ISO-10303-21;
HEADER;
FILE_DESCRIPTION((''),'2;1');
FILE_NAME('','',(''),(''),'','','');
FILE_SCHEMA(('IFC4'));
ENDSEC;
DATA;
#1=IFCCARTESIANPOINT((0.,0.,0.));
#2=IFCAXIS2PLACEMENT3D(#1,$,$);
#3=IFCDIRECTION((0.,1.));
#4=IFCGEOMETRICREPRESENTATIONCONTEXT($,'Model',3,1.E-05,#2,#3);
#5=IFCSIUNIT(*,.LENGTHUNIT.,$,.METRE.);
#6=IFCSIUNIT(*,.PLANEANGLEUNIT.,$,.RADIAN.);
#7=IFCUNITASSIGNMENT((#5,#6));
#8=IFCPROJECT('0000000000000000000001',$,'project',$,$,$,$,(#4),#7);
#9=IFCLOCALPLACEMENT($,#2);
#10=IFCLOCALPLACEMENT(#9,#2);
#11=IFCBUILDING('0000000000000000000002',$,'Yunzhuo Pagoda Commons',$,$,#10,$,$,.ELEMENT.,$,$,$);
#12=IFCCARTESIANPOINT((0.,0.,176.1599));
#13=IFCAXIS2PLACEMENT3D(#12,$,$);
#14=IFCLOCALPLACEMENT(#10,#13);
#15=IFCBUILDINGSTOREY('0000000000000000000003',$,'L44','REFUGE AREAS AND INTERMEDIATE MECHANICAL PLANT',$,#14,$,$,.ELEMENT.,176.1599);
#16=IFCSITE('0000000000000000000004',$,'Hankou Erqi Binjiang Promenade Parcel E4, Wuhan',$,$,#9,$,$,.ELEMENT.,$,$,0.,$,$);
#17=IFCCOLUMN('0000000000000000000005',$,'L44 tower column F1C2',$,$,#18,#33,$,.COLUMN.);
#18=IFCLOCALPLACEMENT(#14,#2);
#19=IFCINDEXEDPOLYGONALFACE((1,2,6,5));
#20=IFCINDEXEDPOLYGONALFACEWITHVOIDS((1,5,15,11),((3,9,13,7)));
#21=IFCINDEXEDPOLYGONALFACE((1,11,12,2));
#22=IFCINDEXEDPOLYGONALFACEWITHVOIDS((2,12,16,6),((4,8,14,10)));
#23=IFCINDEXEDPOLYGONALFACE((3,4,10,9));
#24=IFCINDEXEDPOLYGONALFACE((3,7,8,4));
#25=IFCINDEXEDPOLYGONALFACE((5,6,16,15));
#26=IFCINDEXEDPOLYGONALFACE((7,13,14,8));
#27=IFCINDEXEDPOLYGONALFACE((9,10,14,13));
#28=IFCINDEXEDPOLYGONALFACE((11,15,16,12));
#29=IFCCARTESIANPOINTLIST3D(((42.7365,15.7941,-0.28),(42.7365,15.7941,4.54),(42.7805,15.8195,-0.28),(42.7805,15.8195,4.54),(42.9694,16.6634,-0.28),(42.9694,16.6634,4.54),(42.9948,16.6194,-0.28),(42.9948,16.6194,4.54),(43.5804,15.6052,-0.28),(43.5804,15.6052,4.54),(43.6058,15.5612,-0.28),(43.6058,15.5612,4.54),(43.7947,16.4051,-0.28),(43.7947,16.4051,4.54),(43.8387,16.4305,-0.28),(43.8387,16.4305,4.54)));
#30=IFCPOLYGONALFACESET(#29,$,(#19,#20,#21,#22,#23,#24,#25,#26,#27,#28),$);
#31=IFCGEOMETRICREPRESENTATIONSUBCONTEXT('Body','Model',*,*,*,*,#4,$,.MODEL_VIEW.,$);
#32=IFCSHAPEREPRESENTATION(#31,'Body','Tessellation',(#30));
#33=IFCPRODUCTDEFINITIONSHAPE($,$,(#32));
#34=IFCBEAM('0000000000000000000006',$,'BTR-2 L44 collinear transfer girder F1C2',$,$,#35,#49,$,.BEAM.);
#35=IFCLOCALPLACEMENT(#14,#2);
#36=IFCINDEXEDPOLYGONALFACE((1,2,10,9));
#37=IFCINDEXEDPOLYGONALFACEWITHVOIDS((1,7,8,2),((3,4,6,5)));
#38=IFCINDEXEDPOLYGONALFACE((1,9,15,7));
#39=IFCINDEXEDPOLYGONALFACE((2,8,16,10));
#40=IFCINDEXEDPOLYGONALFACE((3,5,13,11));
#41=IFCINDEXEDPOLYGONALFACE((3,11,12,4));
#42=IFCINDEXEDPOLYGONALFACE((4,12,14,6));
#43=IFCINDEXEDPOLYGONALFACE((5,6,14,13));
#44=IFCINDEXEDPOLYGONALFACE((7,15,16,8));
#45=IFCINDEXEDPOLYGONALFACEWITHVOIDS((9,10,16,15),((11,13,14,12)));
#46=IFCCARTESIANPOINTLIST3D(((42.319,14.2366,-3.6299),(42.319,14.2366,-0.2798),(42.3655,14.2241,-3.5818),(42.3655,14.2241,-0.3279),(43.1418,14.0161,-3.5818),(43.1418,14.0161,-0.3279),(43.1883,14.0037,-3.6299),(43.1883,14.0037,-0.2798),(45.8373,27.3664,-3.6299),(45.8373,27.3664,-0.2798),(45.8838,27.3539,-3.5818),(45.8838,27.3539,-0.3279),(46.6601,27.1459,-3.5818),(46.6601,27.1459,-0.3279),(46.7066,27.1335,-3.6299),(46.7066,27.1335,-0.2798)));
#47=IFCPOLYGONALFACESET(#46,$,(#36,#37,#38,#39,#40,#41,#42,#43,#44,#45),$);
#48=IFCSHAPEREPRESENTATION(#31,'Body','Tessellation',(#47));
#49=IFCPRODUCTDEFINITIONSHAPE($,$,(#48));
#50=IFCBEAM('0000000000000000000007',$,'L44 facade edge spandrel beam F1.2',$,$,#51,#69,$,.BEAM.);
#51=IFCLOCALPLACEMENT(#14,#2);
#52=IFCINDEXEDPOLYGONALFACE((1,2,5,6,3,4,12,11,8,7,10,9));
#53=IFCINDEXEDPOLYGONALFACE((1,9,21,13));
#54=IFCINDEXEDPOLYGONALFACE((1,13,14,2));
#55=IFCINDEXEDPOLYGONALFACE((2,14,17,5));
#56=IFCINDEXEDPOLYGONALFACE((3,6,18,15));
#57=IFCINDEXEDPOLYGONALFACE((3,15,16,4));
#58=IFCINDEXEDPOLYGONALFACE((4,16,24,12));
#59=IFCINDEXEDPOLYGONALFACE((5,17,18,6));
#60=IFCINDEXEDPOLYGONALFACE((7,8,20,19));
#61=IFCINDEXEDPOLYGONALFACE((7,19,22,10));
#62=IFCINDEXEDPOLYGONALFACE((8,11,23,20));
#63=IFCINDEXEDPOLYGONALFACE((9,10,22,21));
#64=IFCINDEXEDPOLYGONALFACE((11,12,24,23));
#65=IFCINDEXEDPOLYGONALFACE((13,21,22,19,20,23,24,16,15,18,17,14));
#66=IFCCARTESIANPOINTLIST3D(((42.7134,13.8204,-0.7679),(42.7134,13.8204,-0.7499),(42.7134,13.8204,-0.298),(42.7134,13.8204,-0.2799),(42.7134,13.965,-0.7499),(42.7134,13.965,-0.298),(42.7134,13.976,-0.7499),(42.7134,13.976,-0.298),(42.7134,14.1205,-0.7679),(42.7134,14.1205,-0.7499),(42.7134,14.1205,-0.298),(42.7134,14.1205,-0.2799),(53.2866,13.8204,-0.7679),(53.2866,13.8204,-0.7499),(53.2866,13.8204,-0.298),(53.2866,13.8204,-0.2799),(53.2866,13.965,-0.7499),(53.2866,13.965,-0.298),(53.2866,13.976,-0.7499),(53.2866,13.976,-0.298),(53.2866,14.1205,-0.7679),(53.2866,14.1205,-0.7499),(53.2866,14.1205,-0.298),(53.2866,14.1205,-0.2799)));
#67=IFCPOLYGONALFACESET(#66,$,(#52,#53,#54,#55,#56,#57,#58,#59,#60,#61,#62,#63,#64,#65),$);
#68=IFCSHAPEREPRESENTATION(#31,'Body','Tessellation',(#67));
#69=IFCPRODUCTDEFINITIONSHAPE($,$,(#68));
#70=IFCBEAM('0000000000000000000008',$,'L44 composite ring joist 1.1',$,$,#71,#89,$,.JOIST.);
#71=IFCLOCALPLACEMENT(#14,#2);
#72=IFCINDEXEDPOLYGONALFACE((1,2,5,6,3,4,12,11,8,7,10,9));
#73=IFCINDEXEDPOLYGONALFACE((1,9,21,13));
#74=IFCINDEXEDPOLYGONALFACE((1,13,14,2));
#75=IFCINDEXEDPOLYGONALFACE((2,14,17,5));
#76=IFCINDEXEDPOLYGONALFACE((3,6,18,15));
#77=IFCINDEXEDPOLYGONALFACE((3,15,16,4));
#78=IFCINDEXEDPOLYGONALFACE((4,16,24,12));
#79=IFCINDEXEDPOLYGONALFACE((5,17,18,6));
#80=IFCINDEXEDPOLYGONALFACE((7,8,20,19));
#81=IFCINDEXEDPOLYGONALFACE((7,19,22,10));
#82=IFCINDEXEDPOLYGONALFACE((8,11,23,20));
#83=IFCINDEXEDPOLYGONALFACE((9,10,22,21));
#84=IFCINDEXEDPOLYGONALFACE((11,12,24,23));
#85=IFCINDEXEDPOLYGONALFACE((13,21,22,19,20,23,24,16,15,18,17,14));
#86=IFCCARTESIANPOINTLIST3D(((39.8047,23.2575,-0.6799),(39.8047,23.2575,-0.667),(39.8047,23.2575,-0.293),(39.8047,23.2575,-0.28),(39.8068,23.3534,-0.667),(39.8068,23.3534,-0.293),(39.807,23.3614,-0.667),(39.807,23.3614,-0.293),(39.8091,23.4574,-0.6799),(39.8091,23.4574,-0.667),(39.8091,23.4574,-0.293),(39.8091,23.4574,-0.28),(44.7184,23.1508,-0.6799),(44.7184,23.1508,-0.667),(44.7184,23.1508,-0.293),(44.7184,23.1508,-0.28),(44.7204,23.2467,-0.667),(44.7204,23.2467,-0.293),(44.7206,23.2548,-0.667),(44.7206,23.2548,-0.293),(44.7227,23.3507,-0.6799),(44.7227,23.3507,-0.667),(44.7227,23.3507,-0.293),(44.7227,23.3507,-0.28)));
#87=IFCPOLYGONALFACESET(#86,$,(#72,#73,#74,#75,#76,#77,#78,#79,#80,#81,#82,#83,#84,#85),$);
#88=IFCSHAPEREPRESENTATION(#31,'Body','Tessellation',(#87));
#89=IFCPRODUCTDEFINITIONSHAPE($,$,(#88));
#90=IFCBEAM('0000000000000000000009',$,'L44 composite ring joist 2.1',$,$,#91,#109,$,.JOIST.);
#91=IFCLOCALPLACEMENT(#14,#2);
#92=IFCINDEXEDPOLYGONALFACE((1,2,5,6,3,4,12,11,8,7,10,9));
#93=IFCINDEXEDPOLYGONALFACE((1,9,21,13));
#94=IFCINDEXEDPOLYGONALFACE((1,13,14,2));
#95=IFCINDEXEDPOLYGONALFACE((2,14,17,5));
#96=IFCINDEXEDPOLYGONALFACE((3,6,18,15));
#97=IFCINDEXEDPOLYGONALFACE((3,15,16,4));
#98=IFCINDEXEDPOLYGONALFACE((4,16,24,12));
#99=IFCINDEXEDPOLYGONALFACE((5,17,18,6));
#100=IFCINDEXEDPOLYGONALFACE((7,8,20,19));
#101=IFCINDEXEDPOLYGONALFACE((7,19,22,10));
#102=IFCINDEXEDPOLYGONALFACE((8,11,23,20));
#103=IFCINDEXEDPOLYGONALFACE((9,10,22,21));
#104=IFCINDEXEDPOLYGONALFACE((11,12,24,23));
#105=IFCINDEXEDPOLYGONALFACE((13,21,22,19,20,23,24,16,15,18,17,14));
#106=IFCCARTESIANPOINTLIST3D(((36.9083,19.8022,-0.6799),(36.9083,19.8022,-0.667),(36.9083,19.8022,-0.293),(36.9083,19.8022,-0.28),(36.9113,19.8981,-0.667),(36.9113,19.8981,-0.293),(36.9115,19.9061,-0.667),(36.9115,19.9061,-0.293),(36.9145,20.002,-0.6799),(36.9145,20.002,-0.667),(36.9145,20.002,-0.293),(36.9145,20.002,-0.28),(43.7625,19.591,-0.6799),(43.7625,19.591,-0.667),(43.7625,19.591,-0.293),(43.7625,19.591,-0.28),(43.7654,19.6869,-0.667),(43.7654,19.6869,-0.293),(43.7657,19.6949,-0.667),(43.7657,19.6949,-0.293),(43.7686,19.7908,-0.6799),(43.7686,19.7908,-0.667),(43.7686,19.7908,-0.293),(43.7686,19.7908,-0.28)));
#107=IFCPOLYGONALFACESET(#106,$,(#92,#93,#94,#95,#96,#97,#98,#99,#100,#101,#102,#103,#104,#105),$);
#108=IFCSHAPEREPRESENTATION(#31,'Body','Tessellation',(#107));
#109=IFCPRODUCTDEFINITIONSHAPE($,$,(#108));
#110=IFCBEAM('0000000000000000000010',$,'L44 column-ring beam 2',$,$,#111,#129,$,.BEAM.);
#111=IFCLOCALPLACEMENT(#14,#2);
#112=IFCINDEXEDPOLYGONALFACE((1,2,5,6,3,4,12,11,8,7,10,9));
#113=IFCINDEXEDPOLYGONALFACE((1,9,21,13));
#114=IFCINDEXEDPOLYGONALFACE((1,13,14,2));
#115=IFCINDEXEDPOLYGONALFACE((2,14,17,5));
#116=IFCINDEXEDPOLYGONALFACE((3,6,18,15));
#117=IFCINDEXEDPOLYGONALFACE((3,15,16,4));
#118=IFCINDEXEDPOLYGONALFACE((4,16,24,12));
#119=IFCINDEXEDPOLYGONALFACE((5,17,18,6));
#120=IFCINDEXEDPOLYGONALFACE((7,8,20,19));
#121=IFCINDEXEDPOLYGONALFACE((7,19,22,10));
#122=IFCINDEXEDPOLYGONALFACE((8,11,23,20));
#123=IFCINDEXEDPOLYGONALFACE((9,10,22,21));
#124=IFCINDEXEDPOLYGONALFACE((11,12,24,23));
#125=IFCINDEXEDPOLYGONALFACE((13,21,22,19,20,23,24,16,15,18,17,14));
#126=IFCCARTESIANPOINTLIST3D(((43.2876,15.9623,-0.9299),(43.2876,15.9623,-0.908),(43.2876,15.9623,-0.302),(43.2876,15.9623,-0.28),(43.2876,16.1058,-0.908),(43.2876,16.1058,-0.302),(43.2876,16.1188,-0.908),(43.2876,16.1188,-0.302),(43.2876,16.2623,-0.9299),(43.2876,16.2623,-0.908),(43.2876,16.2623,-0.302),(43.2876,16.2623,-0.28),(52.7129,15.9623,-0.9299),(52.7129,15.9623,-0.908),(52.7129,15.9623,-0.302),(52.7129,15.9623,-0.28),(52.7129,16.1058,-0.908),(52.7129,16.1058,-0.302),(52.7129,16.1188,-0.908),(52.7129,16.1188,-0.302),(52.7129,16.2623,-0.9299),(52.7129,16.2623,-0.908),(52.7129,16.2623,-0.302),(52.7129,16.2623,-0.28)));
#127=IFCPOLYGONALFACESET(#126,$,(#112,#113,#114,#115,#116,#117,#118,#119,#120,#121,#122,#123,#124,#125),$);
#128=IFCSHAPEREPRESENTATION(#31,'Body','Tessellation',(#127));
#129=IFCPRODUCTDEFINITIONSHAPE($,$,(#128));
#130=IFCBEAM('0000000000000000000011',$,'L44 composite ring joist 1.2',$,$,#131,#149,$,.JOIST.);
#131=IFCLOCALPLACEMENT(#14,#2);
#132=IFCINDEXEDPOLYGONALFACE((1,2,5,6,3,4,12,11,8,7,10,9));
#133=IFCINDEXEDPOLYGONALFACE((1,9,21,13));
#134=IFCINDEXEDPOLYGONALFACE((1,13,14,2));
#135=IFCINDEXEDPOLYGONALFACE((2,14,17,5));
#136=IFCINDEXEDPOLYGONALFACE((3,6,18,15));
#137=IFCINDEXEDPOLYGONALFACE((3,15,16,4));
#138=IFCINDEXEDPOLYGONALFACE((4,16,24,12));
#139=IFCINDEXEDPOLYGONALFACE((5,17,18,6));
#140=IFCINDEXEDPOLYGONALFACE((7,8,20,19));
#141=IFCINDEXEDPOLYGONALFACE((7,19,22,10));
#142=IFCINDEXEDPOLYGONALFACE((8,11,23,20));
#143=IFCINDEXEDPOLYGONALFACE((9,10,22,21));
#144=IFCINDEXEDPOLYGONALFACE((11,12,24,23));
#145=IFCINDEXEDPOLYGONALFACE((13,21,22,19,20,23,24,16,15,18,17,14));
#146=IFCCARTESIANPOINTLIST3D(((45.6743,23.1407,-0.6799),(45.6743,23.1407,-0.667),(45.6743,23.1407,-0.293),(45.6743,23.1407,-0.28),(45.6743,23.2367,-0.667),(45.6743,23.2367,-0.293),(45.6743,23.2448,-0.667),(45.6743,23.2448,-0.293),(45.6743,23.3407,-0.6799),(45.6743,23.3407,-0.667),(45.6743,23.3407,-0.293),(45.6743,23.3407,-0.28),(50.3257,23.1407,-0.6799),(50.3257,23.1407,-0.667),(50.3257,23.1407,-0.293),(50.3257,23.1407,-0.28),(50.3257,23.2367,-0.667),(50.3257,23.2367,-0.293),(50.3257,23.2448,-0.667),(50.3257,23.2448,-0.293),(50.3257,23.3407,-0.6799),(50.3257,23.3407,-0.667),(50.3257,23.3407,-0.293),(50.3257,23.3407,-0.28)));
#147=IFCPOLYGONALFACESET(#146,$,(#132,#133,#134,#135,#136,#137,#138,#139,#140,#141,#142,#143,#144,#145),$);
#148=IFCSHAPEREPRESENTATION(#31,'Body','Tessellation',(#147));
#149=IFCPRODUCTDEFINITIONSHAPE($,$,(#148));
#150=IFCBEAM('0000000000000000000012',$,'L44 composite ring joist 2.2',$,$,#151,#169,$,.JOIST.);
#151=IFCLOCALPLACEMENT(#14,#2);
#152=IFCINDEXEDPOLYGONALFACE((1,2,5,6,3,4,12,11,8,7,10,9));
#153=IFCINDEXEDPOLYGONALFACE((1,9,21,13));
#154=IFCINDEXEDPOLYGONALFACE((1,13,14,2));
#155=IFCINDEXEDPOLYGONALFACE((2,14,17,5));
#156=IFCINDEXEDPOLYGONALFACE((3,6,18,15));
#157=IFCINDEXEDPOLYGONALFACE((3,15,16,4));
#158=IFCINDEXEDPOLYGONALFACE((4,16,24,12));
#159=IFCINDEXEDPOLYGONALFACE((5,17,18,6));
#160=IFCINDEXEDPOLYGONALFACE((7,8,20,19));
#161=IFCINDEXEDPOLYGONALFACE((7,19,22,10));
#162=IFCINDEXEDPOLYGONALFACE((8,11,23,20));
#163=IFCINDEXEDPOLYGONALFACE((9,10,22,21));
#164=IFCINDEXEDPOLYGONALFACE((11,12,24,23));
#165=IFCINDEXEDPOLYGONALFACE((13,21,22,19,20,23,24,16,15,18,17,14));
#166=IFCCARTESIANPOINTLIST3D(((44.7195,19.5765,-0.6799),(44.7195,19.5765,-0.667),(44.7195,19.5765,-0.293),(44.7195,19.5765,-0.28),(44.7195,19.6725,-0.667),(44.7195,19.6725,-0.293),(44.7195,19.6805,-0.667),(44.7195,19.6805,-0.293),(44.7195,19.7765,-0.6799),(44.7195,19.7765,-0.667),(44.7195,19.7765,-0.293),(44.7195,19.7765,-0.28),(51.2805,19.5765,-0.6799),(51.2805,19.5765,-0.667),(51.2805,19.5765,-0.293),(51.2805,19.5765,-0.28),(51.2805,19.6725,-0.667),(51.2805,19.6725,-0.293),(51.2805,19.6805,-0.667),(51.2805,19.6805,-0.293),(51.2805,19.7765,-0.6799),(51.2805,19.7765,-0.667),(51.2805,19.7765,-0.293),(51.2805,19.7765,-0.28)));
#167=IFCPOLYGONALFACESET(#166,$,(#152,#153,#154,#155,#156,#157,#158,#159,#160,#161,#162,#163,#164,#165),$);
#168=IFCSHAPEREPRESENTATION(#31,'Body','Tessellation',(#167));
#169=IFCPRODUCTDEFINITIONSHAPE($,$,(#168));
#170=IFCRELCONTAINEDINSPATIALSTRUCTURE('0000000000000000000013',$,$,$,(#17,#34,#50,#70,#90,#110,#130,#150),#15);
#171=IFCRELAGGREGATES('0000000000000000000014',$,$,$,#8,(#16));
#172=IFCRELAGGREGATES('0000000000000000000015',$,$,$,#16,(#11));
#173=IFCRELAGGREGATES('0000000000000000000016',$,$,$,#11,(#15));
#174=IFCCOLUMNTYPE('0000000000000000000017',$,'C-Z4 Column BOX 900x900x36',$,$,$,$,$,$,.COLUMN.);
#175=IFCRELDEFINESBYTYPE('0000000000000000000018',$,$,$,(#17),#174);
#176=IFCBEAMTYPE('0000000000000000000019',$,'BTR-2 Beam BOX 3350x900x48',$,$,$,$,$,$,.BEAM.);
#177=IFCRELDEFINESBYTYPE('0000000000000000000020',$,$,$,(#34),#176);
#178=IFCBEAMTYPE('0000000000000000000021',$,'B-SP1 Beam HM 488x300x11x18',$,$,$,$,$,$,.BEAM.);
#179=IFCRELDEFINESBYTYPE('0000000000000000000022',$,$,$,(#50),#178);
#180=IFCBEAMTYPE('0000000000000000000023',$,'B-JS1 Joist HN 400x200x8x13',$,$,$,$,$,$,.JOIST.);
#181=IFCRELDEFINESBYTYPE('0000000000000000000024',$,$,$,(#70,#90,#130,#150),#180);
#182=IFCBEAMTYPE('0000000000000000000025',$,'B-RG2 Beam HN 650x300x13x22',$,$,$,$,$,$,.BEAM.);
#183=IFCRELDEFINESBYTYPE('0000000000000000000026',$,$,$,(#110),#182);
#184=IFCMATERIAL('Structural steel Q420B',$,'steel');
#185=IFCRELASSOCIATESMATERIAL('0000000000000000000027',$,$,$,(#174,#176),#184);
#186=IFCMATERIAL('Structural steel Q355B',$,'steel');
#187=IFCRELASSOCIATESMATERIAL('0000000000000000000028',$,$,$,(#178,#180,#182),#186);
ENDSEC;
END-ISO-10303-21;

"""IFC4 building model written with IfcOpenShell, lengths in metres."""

from ifc_helpers import new_model, si_unit, direction, frame, origin, origin_2d, place, context, subcontext, project, spatial, hollow_rectangle, i_section, extrude, source, transform, mapped, material, material_profile, profile_set, type_object, element, save


model = new_model("IFC4")

# Units and contexts
model_context = context("Model", 3, precision=1e-05, world=origin(), true_north=direction((0.0, 1.0)))
body_context = subcontext(model_context, "Body", "Model", "MODEL_VIEW")
ifc_project = project(units=[si_unit("LENGTHUNIT", "METRE"), si_unit("PLANEANGLEUNIT", "RADIAN")], contexts=[model_context])

# Site, building, storey
site_placement = place(None, origin())
site = spatial("IfcSite", under=ifc_project, at=site_placement, Name="Hankou Erqi Binjiang Promenade Parcel E4, Wuhan", CompositionType="ELEMENT", RefElevation=0.0)
building_placement = place(site_placement, origin())
building = spatial("IfcBuilding", under=site, at=building_placement, Name="Yunzhuo Pagoda Commons", CompositionType="ELEMENT")
storey_placement = place(building_placement, frame((0.0, 0.0, 176.1599)))
storey = spatial("IfcBuildingStorey", under=building, at=storey_placement, Name="L44", Description="REFUGE AREAS AND INTERMEDIATE MECHANICAL PLANT", CompositionType="ELEMENT", Elevation=176.1599)

# Column
ifc_material_1 = material(Name="Structural steel Q420B", Category="steel")
ifc_material_profile_1 = material_profile(ifc_material_1, hollow_rectangle(XDim=0.8999, YDim=0.8999, WallThickness=0.0359, at=origin_2d()), Name="Structural steel Q420B")
ifc_profile_set_1 = profile_set([ifc_material_profile_1], Name="Structural steel Q420B")
column_type = type_object("IfcColumnType", Name="C-Z4 Column BOX 900x900x36", PredefinedType="COLUMN", material=ifc_profile_set_1)
shared_shape_1 = source(origin(), body_context, "Body", "SweptSolid", [
    extrude(hollow_rectangle(XDim=0.8999, YDim=0.8999, WallThickness=0.0359, at=origin_2d()), origin(), (0.0, 0.0, 1.0), 4.8201),
])
column_placement = place(storey_placement, frame((43.2876, 16.1123, -0.28), z_axis=(0.0, 0.0, 1.0), x_axis=(0.965926, -0.258819, 0.0)))
element("IfcColumn", 1, at=column_placement, inside=storey, type_object=column_type, Name="L44 tower column F1C2", PredefinedType="COLUMN", context=body_context, shape_type="MappedRepresentation", body=[
    mapped(shared_shape_1, transform((0.0, 0.0, 0.0), scale=1.0)),
])

# Beams
ifc_material_profile_2 = material_profile(ifc_material_1, hollow_rectangle(XDim=0.8999, YDim=3.3501, WallThickness=0.0481, at=origin_2d()), Name="Structural steel Q420B")
ifc_profile_set_2 = profile_set([ifc_material_profile_2], Name="Structural steel Q420B")
beam_type_1 = type_object("IfcBeamType", Name="BTR-2 Beam BOX 3350x900x48", PredefinedType="BEAM", material=ifc_profile_set_2)
shared_shape_2 = source(origin(), body_context, "Body", "SweptSolid", [
    extrude(hollow_rectangle(XDim=0.8999, YDim=3.3501, WallThickness=0.0481, at=origin_2d()), origin(), (0.0, 0.0, 1.0), 13.593),
])
beam_1_placement = place(storey_placement, frame((42.7537, 14.1201, -1.9548), z_axis=(0.258831, 0.965923, 0.0), x_axis=(-0.965923, 0.258831, 0.0)))
element("IfcBeam", 2, at=beam_1_placement, inside=storey, type_object=beam_type_1, Name="BTR-2 L44 collinear transfer girder F1C2", PredefinedType="BEAM", context=body_context, shape_type="MappedRepresentation", body=[
    mapped(shared_shape_2, transform((0.0, 0.0, 0.0), scale=1.0)),
])
ifc_material_2 = material(Name="Structural steel Q355B", Category="steel")
ifc_material_profile_3 = material_profile(ifc_material_2, i_section(OverallWidth=0.3, OverallDepth=0.488, WebThickness=0.011, FlangeThickness=0.0181, at=origin_2d()), Name="Structural steel Q355B")
ifc_profile_set_3 = profile_set([ifc_material_profile_3], Name="Structural steel Q355B")
beam_type_2 = type_object("IfcBeamType", Name="B-SP1 Beam HM 488x300x11x18", PredefinedType="BEAM", material=ifc_profile_set_3)
shared_shape_3 = source(origin(), body_context, "Body", "SweptSolid", [
    extrude(i_section(OverallWidth=0.3, OverallDepth=0.488, WebThickness=0.011, FlangeThickness=0.0181, at=origin_2d()), origin(), (0.0, 0.0, 1.0), 10.5732),
])
beam_2_placement = place(storey_placement, frame((42.7134, 13.9705, -0.5239), z_axis=(1.0, 0.0, 0.0), x_axis=(0.0, 1.0, 0.0)))
element("IfcBeam", 3, at=beam_2_placement, inside=storey, type_object=beam_type_2, Name="L44 facade edge spandrel beam F1.2", PredefinedType="BEAM", context=body_context, shape_type="MappedRepresentation", body=[
    mapped(shared_shape_3, transform((0.0, 0.0, 0.0), scale=1.0)),
])
ifc_material_profile_4 = material_profile(ifc_material_2, i_section(OverallWidth=0.2, OverallDepth=0.3999, WebThickness=0.0081, FlangeThickness=0.0129, at=origin_2d()), Name="Structural steel Q355B")
ifc_profile_set_4 = profile_set([ifc_material_profile_4], Name="Structural steel Q355B")
beam_type_3 = type_object("IfcBeamType", Name="B-JS1 Joist HN 400x200x8x13", PredefinedType="JOIST", material=ifc_profile_set_4)
shared_shape_4 = source(origin(), body_context, "Body", "SweptSolid", [
    extrude(i_section(OverallWidth=0.2, OverallDepth=0.3999, WebThickness=0.0081, FlangeThickness=0.0129, at=origin_2d()), origin(), (0.0, 0.0, 1.0), 4.9148),
])
beam_3_placement = place(storey_placement, frame((39.8069, 23.3574, -0.48), z_axis=(0.999764, -0.021708, 0.0), x_axis=(0.021708, 0.999764, 0.0)))
element("IfcBeam", 4, at=beam_3_placement, inside=storey, type_object=beam_type_3, Name="L44 composite ring joist 1.1", PredefinedType="JOIST", context=body_context, shape_type="MappedRepresentation", body=[
    mapped(shared_shape_4, transform((0.0, 0.0, 0.0), scale=1.0)),
])
shared_shape_5 = source(origin(), body_context, "Body", "SweptSolid", [
    extrude(i_section(OverallWidth=0.2, OverallDepth=0.3999, WebThickness=0.0081, FlangeThickness=0.0129, at=origin_2d()), origin(), (0.0, 0.0, 1.0), 6.8574),
])
beam_4_placement = place(storey_placement, frame((36.9114, 19.9021, -0.48), z_axis=(0.999526, -0.030796, 0.0), x_axis=(0.030796, 0.999526, 0.0)))
element("IfcBeam", 5, at=beam_4_placement, inside=storey, type_object=beam_type_3, Name="L44 composite ring joist 2.1", PredefinedType="JOIST", context=body_context, shape_type="MappedRepresentation", body=[
    mapped(shared_shape_5, transform((0.0, 0.0, 0.0), scale=1.0)),
])
ifc_material_profile_5 = material_profile(ifc_material_2, i_section(OverallWidth=0.3, OverallDepth=0.6499, WebThickness=0.0129, FlangeThickness=0.022, at=origin_2d()), Name="Structural steel Q355B")
ifc_profile_set_5 = profile_set([ifc_material_profile_5], Name="Structural steel Q355B")
beam_type_4 = type_object("IfcBeamType", Name="B-RG2 Beam HN 650x300x13x22", PredefinedType="BEAM", material=ifc_profile_set_5)
shared_shape_6 = source(origin(), body_context, "Body", "SweptSolid", [
    extrude(i_section(OverallWidth=0.3, OverallDepth=0.6499, WebThickness=0.0129, FlangeThickness=0.022, at=origin_2d()), origin(), (0.0, 0.0, 1.0), 9.4253),
])
beam_5_placement = place(storey_placement, frame((43.2876, 16.1123, -0.605), z_axis=(1.0, 0.0, 0.0), x_axis=(0.0, 1.0, 0.0)))
element("IfcBeam", 6, at=beam_5_placement, inside=storey, type_object=beam_type_4, Name="L44 column-ring beam 2", PredefinedType="BEAM", context=body_context, shape_type="MappedRepresentation", body=[
    mapped(shared_shape_6, transform((0.0, 0.0, 0.0), scale=1.0)),
])
shared_shape_7 = source(origin(), body_context, "Body", "SweptSolid", [
    extrude(i_section(OverallWidth=0.2, OverallDepth=0.3999, WebThickness=0.0081, FlangeThickness=0.0129, at=origin_2d()), origin(), (0.0, 0.0, 1.0), 4.6514),
])
beam_6_placement = place(storey_placement, frame((45.6743, 23.2407, -0.48), z_axis=(1.0, 0.0, 0.0), x_axis=(0.0, 1.0, 0.0)))
element("IfcBeam", 7, at=beam_6_placement, inside=storey, type_object=beam_type_3, Name="L44 composite ring joist 1.2", PredefinedType="JOIST", context=body_context, shape_type="MappedRepresentation", body=[
    mapped(shared_shape_7, transform((0.0, 0.0, 0.0), scale=1.0)),
])
shared_shape_8 = source(origin(), body_context, "Body", "SweptSolid", [
    extrude(i_section(OverallWidth=0.2, OverallDepth=0.3999, WebThickness=0.0081, FlangeThickness=0.0129, at=origin_2d()), origin(), (0.0, 0.0, 1.0), 6.561),
])
beam_7_placement = place(storey_placement, frame((44.7195, 19.6765, -0.48), z_axis=(1.0, 0.0, 0.0), x_axis=(0.0, 1.0, 0.0)))
element("IfcBeam", 8, at=beam_7_placement, inside=storey, type_object=beam_type_3, Name="L44 composite ring joist 2.2", PredefinedType="JOIST", context=body_context, shape_type="MappedRepresentation", body=[
    mapped(shared_shape_8, transform((0.0, 0.0, 0.0), scale=1.0)),
])

save(model, "model.ifc")
